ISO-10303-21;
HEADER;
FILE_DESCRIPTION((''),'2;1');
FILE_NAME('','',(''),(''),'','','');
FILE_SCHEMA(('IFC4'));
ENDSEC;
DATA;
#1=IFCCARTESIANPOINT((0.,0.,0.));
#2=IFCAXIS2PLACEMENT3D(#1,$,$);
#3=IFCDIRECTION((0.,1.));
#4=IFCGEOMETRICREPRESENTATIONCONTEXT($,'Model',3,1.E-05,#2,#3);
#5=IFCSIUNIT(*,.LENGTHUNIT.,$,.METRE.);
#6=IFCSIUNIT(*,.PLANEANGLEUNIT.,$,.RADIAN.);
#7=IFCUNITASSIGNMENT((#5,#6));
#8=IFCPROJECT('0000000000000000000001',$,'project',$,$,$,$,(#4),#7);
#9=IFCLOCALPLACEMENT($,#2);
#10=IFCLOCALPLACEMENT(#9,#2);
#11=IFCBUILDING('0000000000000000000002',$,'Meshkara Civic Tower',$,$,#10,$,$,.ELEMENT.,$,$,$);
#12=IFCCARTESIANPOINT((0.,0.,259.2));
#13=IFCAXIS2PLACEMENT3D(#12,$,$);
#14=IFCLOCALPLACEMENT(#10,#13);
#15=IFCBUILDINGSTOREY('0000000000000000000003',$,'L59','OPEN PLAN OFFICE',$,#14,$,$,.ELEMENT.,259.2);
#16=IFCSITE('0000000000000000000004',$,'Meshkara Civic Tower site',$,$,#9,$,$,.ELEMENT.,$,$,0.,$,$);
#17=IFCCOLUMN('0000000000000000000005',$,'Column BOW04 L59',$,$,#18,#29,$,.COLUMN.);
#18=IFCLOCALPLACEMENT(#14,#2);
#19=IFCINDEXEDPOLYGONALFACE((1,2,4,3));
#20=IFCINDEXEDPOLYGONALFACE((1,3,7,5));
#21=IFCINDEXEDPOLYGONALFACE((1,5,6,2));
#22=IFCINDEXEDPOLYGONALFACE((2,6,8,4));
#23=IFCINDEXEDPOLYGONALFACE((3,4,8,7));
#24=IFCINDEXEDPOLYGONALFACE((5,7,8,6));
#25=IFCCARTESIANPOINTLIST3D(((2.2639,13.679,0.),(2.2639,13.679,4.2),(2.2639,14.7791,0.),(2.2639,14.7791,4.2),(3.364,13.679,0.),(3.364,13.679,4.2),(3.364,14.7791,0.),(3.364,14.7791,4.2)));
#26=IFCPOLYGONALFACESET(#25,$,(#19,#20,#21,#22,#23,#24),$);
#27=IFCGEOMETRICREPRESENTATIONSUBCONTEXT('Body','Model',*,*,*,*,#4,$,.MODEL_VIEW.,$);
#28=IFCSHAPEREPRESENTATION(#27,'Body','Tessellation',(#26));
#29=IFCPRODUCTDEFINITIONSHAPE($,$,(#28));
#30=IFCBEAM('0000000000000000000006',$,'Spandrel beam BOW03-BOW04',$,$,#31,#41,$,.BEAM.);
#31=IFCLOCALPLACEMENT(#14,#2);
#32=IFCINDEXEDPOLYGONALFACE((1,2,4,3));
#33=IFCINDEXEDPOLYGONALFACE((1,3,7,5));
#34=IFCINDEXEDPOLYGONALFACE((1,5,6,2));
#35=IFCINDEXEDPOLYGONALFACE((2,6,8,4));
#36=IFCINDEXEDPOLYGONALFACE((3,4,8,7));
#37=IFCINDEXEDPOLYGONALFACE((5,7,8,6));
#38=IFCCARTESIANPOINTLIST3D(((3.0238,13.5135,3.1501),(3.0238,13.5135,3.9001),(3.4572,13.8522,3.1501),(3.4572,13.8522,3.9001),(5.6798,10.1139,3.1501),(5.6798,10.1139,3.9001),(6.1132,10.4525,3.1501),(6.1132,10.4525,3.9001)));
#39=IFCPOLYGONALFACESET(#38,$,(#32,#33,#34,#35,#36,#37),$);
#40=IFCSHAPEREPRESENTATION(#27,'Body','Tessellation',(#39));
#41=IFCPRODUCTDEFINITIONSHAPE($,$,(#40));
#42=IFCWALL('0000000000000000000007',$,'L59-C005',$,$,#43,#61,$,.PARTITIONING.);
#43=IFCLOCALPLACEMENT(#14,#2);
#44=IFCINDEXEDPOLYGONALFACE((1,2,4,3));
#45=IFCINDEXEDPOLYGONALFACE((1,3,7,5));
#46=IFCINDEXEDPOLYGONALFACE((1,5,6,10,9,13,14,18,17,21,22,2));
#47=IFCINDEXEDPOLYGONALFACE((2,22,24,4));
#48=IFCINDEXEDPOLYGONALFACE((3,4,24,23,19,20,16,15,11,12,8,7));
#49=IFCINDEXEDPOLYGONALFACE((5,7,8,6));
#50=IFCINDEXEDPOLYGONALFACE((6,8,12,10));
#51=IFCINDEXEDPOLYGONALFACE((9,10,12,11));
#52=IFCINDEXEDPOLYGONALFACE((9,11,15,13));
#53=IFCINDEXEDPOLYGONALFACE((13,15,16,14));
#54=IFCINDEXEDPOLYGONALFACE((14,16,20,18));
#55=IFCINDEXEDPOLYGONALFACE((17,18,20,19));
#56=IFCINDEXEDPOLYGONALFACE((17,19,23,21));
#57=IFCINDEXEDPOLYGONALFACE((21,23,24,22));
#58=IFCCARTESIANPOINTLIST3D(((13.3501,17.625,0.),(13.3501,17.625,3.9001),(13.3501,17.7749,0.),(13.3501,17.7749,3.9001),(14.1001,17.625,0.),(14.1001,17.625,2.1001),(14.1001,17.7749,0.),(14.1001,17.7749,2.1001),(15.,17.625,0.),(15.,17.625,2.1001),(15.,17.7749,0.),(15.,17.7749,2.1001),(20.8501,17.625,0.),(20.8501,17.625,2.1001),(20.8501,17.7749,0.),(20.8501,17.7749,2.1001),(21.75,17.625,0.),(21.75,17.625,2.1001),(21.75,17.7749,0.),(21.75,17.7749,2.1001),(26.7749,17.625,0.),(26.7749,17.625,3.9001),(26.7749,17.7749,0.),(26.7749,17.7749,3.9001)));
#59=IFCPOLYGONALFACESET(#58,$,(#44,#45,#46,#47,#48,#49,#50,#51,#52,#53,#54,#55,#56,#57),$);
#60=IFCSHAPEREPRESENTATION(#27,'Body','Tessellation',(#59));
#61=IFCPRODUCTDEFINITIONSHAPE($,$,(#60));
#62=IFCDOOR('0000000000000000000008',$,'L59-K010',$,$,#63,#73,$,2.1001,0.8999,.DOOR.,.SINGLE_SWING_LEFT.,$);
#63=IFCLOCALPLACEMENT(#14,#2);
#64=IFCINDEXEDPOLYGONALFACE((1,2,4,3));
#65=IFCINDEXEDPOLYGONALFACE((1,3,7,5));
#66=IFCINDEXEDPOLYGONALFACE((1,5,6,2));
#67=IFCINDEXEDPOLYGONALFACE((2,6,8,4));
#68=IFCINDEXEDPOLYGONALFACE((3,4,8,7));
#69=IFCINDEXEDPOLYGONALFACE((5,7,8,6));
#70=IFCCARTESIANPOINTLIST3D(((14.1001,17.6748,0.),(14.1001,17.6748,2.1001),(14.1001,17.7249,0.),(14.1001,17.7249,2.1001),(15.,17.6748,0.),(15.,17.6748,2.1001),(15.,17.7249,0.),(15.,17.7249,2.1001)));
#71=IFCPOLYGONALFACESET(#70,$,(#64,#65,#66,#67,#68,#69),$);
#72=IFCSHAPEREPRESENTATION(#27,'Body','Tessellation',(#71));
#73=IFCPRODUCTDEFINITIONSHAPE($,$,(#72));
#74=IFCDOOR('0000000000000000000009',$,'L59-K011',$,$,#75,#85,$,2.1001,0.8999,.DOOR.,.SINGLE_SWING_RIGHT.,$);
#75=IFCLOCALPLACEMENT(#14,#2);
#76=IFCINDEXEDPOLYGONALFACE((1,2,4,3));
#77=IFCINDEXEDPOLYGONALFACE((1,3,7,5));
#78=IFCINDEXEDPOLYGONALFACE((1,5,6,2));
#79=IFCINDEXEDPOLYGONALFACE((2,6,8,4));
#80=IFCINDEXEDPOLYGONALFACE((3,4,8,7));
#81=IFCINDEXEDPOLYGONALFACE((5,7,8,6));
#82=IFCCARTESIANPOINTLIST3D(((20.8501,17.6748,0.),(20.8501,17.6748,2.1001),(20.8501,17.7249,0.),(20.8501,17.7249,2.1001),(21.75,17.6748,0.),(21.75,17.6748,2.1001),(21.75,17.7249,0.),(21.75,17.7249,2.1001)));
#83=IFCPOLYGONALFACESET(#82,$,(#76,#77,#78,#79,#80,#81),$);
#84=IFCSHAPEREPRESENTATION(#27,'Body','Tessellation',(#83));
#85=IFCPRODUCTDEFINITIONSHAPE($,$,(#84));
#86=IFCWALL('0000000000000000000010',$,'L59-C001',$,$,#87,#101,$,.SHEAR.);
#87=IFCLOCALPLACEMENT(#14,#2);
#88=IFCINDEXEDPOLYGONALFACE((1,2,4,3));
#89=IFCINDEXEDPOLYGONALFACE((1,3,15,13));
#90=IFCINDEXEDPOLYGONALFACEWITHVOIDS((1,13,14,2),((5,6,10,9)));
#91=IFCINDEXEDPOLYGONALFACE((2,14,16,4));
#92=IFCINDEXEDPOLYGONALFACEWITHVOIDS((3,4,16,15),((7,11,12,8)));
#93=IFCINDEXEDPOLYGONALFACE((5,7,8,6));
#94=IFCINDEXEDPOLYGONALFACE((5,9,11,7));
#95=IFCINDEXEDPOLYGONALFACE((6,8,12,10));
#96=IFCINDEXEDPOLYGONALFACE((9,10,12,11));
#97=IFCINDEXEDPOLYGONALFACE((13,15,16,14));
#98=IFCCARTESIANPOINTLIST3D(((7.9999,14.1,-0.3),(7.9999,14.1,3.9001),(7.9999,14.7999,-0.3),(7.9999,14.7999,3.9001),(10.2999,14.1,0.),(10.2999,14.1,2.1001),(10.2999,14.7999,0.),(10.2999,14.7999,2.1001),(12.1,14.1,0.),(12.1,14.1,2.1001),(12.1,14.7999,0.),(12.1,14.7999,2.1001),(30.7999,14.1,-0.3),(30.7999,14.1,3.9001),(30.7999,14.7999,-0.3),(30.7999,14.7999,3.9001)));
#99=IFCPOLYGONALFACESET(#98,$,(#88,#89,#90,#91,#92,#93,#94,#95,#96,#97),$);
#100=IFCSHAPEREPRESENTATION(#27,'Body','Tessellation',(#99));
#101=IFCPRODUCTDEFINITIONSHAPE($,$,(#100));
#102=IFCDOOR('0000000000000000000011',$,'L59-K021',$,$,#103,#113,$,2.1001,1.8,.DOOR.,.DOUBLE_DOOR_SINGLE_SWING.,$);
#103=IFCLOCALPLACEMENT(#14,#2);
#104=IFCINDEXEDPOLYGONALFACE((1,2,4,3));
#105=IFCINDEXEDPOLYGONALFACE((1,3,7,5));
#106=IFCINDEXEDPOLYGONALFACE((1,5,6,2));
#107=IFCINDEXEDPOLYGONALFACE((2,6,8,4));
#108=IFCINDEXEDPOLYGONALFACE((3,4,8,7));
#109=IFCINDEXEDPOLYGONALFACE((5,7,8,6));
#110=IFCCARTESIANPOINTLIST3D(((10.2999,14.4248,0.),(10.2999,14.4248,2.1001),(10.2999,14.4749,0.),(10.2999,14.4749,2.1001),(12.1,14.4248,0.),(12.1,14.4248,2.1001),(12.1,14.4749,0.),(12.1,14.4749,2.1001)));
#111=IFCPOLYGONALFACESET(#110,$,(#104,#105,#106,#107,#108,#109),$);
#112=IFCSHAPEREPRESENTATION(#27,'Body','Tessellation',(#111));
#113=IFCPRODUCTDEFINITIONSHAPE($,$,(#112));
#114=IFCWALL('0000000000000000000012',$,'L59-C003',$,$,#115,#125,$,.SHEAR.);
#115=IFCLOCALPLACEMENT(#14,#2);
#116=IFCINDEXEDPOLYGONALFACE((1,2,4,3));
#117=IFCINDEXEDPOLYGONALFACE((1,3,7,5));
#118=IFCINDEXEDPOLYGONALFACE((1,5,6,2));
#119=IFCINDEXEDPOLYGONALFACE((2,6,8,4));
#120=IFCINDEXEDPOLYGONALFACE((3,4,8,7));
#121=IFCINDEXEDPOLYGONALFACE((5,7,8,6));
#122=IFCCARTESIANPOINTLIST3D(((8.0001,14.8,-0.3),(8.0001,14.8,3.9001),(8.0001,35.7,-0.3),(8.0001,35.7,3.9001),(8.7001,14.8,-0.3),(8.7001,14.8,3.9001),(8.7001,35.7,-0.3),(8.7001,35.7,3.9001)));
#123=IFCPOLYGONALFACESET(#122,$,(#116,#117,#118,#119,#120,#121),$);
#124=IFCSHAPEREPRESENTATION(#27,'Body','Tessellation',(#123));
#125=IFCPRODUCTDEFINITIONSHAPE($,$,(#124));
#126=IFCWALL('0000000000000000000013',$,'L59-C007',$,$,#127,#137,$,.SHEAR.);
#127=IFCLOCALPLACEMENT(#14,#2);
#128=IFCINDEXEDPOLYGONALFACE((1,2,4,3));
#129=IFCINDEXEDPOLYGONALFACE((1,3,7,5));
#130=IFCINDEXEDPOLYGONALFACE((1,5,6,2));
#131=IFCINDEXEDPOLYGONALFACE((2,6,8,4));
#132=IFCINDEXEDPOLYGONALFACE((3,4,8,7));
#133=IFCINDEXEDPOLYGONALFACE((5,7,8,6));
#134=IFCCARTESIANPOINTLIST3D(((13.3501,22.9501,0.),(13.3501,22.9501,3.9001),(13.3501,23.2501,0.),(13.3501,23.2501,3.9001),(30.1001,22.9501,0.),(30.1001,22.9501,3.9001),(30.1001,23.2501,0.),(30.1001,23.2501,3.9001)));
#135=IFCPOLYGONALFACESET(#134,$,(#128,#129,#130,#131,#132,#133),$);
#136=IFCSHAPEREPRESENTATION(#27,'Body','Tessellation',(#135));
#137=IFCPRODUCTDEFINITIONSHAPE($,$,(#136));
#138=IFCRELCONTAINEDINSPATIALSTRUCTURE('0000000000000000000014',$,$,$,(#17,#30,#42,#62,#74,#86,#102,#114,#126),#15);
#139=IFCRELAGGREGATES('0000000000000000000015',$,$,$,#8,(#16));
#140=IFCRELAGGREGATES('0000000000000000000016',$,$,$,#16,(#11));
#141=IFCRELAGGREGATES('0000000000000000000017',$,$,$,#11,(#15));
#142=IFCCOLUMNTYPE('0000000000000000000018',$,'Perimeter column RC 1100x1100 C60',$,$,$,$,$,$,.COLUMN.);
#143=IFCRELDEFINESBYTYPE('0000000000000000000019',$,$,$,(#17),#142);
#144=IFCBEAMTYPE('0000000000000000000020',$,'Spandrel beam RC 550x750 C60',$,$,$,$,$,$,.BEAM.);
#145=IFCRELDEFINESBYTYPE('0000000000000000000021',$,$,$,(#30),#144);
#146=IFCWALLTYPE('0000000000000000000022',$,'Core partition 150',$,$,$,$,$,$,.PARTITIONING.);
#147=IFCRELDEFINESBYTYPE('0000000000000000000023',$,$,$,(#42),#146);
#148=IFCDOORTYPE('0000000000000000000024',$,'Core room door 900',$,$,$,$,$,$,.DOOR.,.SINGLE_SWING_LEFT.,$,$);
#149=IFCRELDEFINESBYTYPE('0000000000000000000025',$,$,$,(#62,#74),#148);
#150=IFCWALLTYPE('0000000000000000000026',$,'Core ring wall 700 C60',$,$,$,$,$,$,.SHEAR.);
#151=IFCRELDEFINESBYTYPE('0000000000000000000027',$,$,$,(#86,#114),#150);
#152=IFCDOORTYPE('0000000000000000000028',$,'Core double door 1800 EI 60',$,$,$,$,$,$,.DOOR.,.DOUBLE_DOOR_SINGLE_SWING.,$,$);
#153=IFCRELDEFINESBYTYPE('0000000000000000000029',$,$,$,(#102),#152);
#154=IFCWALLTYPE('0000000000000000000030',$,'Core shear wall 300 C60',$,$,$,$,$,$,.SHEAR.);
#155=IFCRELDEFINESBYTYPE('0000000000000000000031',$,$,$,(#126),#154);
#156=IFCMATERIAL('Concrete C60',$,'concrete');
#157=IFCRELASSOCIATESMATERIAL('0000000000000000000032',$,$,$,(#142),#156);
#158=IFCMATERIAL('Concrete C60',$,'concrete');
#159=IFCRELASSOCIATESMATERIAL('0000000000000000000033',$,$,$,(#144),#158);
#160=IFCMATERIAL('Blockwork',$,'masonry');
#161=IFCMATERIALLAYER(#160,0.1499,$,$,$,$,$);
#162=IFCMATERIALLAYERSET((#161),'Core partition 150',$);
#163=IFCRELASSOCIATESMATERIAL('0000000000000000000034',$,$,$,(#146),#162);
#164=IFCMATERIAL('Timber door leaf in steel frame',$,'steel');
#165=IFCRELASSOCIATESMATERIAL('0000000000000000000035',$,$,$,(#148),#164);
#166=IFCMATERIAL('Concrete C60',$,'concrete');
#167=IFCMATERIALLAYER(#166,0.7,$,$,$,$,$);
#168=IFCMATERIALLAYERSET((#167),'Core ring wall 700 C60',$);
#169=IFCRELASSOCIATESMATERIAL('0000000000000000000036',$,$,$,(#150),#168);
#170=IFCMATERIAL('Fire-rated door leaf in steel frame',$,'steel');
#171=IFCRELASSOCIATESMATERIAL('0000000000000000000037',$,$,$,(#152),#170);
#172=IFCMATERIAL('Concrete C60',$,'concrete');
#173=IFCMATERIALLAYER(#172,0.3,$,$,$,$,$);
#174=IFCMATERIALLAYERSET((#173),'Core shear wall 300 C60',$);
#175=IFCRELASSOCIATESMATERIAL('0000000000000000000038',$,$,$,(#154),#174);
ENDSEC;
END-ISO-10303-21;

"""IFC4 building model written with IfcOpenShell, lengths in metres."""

from ifc_helpers import new_model, si_unit, direction, frame, frame_2d, origin, origin_2d, place, context, subcontext, project, spatial, rectangle, extrude, material, layer, layer_set, material_profile, profile_set, type_object, element, fill, save


model = new_model("IFC4")

# Units and contexts
model_context = context("Model", 3, precision=1e-05, world=origin(), true_north=direction((0.0, 1.0)))
body_context = subcontext(model_context, "Body", "Model", "MODEL_VIEW")
ifc_project = project(units=[si_unit("LENGTHUNIT", "METRE"), si_unit("PLANEANGLEUNIT", "RADIAN")], contexts=[model_context])

# Site, building, storey
site_placement = place(None, origin())
site = spatial("IfcSite", under=ifc_project, at=site_placement, Name="Meshkara Civic Tower site", CompositionType="ELEMENT", RefElevation=0.0)
building_placement = place(site_placement, origin())
building = spatial("IfcBuilding", under=site, at=building_placement, Name="Meshkara Civic Tower", CompositionType="ELEMENT")
storey_placement = place(building_placement, frame((0.0, 0.0, 259.2)))
storey = spatial("IfcBuildingStorey", under=building, at=storey_placement, Name="L59", Description="OPEN PLAN OFFICE", CompositionType="ELEMENT", Elevation=259.2)

# Column
ifc_material_1 = material(Name="Concrete C60", Category="concrete")
ifc_material_profile_1 = material_profile(ifc_material_1, rectangle(XDim=1.1001, YDim=1.1001, at=origin_2d()))
ifc_profile_set_1 = profile_set([ifc_material_profile_1], Name="Concrete C60")
column_type = type_object("IfcColumnType", Name="Perimeter column RC 1100x1100 C60", PredefinedType="COLUMN", material=ifc_profile_set_1)
column_placement = place(storey_placement, frame((2.814, 14.229, 0.0), z_axis=(0.0, 0.0, 1.0), x_axis=(1.0, 0.0, 0.0)))
element("IfcColumn", 1, at=column_placement, inside=storey, type_object=column_type, Name="Column BOW04 L59", PredefinedType="COLUMN", context=body_context, shape_type="SweptSolid", body=[
    extrude(rectangle(XDim=1.1001, YDim=1.1001, at=origin_2d()), origin(), (0.0, 0.0, 1.0), 4.2),
])

# Beam
ifc_material_2 = material(Name="Concrete C60", Category="concrete")
ifc_material_profile_2 = material_profile(ifc_material_2, rectangle(XDim=0.55, YDim=0.75, at=origin_2d()))
ifc_profile_set_2 = profile_set([ifc_material_profile_2], Name="Concrete C60")
beam_type = type_object("IfcBeamType", Name="Spandrel beam RC 550x750 C60", PredefinedType="BEAM", material=ifc_profile_set_2)
beam_placement = place(storey_placement, frame((3.2405, 13.6829, 3.5251), z_axis=(0.615647, -0.788022, 0.0), x_axis=(0.788022, 0.615647, 0.0)))
element("IfcBeam", 2, at=beam_placement, inside=storey, type_object=beam_type, Name="Spandrel beam BOW03-BOW04", PredefinedType="BEAM", context=body_context, shape_type="SweptSolid", body=[
    extrude(rectangle(XDim=0.55, YDim=0.75, at=origin_2d()), origin(), (0.0, 0.0, 1.0), 4.3142),
])

# Wall, openings, doors
ifc_material_3 = material(Name="Blockwork", Category="masonry")
ifc_layer_1 = layer(ifc_material_3, 0.1499)
ifc_layer_set_1 = layer_set([ifc_layer_1], Name="Core partition 150")
wall_type_1 = type_object("IfcWallType", Name="Core partition 150", PredefinedType="PARTITIONING", material=ifc_layer_set_1)
wall_1_placement = place(storey_placement, frame((13.3501, 17.7, 0.0), z_axis=(0.0, 0.0, 1.0), x_axis=(1.0, 0.0, 0.0)))
wall_1 = element("IfcWall", 3, at=wall_1_placement, inside=storey, type_object=wall_type_1, Name="L59-C005", PredefinedType="PARTITIONING", context=body_context, shape_type="SweptSolid", body=[
    extrude(rectangle(XDim=13.4248, YDim=0.1499, at=frame_2d((6.7124, 0.0))), origin(), (0.0, 0.0, 1.0), 3.9001),
])
opening_1_placement = place(wall_1_placement, frame((0.75, 0.0, 0.0)))
opening_1 = element("IfcOpeningElement", 4, at=opening_1_placement, cuts=wall_1, PredefinedType="OPENING", context=body_context, shape_type="SweptSolid", body=[
    extrude(rectangle(XDim=0.8999, YDim=2.1001, at=frame_2d((0.45, 1.05))), frame((0.0, 0.085, 0.0), z_axis=(0.0, -1.0, 0.0), x_axis=(1.0, 0.0, 0.0)), (0.0, 0.0, 1.0), 0.1699),
])
opening_2_placement = place(wall_1_placement, frame((7.5, 0.0, 0.0)))
opening_2 = element("IfcOpeningElement", 5, at=opening_2_placement, cuts=wall_1, PredefinedType="OPENING", context=body_context, shape_type="SweptSolid", body=[
    extrude(rectangle(XDim=0.8999, YDim=2.1001, at=frame_2d((0.45, 1.05))), frame((0.0, 0.085, 0.0), z_axis=(0.0, -1.0, 0.0), x_axis=(1.0, 0.0, 0.0)), (0.0, 0.0, 1.0), 0.1699),
])
ifc_material_4 = material(Name="Timber door leaf in steel frame", Category="steel")
door_type_1 = type_object("IfcDoorType", Name="Core room door 900", OperationType="SINGLE_SWING_LEFT", PredefinedType="DOOR", material=ifc_material_4)
door_1_placement = place(opening_1_placement, origin())
door_1 = element("IfcDoor", 6, at=door_1_placement, inside=storey, type_object=door_type_1, Name="L59-K010", OperationType="SINGLE_SWING_LEFT", OverallHeight=2.1001, OverallWidth=0.8999, PredefinedType="DOOR", context=body_context, shape_type="SweptSolid", body=[
    extrude(rectangle(XDim=0.8999, YDim=2.1001, at=frame_2d((0.45, 1.05))), frame((0.0, 0.0249, 0.0), z_axis=(0.0, -1.0, 0.0), x_axis=(1.0, 0.0, 0.0)), (0.0, 0.0, 1.0), 0.05),
])
fill(opening_1, door_1)
door_2_placement = place(opening_2_placement, origin())
door_2 = element("IfcDoor", 7, at=door_2_placement, inside=storey, type_object=door_type_1, Name="L59-K011", OperationType="SINGLE_SWING_RIGHT", OverallHeight=2.1001, OverallWidth=0.8999, PredefinedType="DOOR", context=body_context, shape_type="SweptSolid", body=[
    extrude(rectangle(XDim=0.8999, YDim=2.1001, at=frame_2d((0.45, 1.05))), frame((0.0, 0.0249, 0.0), z_axis=(0.0, -1.0, 0.0), x_axis=(1.0, 0.0, 0.0)), (0.0, 0.0, 1.0), 0.05),
])
fill(opening_2, door_2)

# Wall, opening, door
ifc_material_5 = material(Name="Concrete C60", Category="concrete")
ifc_layer_2 = layer(ifc_material_5, 0.7)
ifc_layer_set_2 = layer_set([ifc_layer_2], Name="Core ring wall 700 C60")
wall_type_2 = type_object("IfcWallType", Name="Core ring wall 700 C60", PredefinedType="SHEAR", material=ifc_layer_set_2)
wall_2_placement = place(storey_placement, frame((8.0, 14.45, -0.3), z_axis=(0.0, 0.0, 1.0), x_axis=(1.0, 0.0, 0.0)))
wall_2 = element("IfcWall", 8, at=wall_2_placement, inside=storey, type_object=wall_type_2, Name="L59-C001", PredefinedType="SHEAR", context=body_context, shape_type="SweptSolid", body=[
    extrude(rectangle(XDim=22.8, YDim=0.7, at=frame_2d((11.3999, 0.0))), origin(), (0.0, 0.0, 1.0), 4.2002),
])
opening_3_placement = place(wall_2_placement, frame((2.3, 0.0, 0.3)))
opening_3 = element("IfcOpeningElement", 9, at=opening_3_placement, cuts=wall_2, PredefinedType="OPENING", context=body_context, shape_type="SweptSolid", body=[
    extrude(rectangle(XDim=1.8, YDim=2.1001, at=frame_2d((0.8999, 1.05))), frame((0.0, 0.3599, 0.0), z_axis=(0.0, -1.0, 0.0), x_axis=(1.0, 0.0, 0.0)), (0.0, 0.0, 1.0), 0.72),
])
ifc_material_6 = material(Name="Fire-rated door leaf in steel frame", Category="steel")
door_type_2 = type_object("IfcDoorType", Name="Core double door 1800 EI 60", OperationType="DOUBLE_DOOR_SINGLE_SWING", PredefinedType="DOOR", material=ifc_material_6)
door_3_placement = place(opening_3_placement, origin())
door_3 = element("IfcDoor", 10, at=door_3_placement, inside=storey, type_object=door_type_2, Name="L59-K021", OperationType="DOUBLE_DOOR_SINGLE_SWING", OverallHeight=2.1001, OverallWidth=1.8, PredefinedType="DOOR", context=body_context, shape_type="SweptSolid", body=[
    extrude(rectangle(XDim=1.8, YDim=2.1001, at=frame_2d((0.8999, 1.05))), frame((0.0, 0.0249, 0.0), z_axis=(0.0, -1.0, 0.0), x_axis=(1.0, 0.0, 0.0)), (0.0, 0.0, 1.0), 0.05),
])
fill(opening_3, door_3)

# Walls
wall_3_placement = place(storey_placement, frame((8.3501, 14.8, -0.3), z_axis=(0.0, 0.0, 1.0), x_axis=(0.0, 1.0, 0.0)))
element("IfcWall", 11, at=wall_3_placement, inside=storey, type_object=wall_type_2, Name="L59-C003", PredefinedType="SHEAR", context=body_context, shape_type="SweptSolid", body=[
    extrude(rectangle(XDim=20.8999, YDim=0.7, at=frame_2d((10.45, 0.0))), origin(), (0.0, 0.0, 1.0), 4.2002),
])
ifc_material_7 = material(Name="Concrete C60", Category="concrete")
ifc_layer_3 = layer(ifc_material_7, 0.3)
ifc_layer_set_3 = layer_set([ifc_layer_3], Name="Core shear wall 300 C60")
wall_type_3 = type_object("IfcWallType", Name="Core shear wall 300 C60", PredefinedType="SHEAR", material=ifc_layer_set_3)
wall_4_placement = place(storey_placement, frame((13.3501, 23.1001, 0.0), z_axis=(0.0, 0.0, 1.0), x_axis=(1.0, 0.0, 0.0)))
element("IfcWall", 12, at=wall_4_placement, inside=storey, type_object=wall_type_3, Name="L59-C007", PredefinedType="SHEAR", context=body_context, shape_type="SweptSolid", body=[
    extrude(rectangle(XDim=16.75, YDim=0.3, at=frame_2d((8.375, 0.0))), origin(), (0.0, 0.0, 1.0), 3.9001),
])

save(model, "model.ifc")
